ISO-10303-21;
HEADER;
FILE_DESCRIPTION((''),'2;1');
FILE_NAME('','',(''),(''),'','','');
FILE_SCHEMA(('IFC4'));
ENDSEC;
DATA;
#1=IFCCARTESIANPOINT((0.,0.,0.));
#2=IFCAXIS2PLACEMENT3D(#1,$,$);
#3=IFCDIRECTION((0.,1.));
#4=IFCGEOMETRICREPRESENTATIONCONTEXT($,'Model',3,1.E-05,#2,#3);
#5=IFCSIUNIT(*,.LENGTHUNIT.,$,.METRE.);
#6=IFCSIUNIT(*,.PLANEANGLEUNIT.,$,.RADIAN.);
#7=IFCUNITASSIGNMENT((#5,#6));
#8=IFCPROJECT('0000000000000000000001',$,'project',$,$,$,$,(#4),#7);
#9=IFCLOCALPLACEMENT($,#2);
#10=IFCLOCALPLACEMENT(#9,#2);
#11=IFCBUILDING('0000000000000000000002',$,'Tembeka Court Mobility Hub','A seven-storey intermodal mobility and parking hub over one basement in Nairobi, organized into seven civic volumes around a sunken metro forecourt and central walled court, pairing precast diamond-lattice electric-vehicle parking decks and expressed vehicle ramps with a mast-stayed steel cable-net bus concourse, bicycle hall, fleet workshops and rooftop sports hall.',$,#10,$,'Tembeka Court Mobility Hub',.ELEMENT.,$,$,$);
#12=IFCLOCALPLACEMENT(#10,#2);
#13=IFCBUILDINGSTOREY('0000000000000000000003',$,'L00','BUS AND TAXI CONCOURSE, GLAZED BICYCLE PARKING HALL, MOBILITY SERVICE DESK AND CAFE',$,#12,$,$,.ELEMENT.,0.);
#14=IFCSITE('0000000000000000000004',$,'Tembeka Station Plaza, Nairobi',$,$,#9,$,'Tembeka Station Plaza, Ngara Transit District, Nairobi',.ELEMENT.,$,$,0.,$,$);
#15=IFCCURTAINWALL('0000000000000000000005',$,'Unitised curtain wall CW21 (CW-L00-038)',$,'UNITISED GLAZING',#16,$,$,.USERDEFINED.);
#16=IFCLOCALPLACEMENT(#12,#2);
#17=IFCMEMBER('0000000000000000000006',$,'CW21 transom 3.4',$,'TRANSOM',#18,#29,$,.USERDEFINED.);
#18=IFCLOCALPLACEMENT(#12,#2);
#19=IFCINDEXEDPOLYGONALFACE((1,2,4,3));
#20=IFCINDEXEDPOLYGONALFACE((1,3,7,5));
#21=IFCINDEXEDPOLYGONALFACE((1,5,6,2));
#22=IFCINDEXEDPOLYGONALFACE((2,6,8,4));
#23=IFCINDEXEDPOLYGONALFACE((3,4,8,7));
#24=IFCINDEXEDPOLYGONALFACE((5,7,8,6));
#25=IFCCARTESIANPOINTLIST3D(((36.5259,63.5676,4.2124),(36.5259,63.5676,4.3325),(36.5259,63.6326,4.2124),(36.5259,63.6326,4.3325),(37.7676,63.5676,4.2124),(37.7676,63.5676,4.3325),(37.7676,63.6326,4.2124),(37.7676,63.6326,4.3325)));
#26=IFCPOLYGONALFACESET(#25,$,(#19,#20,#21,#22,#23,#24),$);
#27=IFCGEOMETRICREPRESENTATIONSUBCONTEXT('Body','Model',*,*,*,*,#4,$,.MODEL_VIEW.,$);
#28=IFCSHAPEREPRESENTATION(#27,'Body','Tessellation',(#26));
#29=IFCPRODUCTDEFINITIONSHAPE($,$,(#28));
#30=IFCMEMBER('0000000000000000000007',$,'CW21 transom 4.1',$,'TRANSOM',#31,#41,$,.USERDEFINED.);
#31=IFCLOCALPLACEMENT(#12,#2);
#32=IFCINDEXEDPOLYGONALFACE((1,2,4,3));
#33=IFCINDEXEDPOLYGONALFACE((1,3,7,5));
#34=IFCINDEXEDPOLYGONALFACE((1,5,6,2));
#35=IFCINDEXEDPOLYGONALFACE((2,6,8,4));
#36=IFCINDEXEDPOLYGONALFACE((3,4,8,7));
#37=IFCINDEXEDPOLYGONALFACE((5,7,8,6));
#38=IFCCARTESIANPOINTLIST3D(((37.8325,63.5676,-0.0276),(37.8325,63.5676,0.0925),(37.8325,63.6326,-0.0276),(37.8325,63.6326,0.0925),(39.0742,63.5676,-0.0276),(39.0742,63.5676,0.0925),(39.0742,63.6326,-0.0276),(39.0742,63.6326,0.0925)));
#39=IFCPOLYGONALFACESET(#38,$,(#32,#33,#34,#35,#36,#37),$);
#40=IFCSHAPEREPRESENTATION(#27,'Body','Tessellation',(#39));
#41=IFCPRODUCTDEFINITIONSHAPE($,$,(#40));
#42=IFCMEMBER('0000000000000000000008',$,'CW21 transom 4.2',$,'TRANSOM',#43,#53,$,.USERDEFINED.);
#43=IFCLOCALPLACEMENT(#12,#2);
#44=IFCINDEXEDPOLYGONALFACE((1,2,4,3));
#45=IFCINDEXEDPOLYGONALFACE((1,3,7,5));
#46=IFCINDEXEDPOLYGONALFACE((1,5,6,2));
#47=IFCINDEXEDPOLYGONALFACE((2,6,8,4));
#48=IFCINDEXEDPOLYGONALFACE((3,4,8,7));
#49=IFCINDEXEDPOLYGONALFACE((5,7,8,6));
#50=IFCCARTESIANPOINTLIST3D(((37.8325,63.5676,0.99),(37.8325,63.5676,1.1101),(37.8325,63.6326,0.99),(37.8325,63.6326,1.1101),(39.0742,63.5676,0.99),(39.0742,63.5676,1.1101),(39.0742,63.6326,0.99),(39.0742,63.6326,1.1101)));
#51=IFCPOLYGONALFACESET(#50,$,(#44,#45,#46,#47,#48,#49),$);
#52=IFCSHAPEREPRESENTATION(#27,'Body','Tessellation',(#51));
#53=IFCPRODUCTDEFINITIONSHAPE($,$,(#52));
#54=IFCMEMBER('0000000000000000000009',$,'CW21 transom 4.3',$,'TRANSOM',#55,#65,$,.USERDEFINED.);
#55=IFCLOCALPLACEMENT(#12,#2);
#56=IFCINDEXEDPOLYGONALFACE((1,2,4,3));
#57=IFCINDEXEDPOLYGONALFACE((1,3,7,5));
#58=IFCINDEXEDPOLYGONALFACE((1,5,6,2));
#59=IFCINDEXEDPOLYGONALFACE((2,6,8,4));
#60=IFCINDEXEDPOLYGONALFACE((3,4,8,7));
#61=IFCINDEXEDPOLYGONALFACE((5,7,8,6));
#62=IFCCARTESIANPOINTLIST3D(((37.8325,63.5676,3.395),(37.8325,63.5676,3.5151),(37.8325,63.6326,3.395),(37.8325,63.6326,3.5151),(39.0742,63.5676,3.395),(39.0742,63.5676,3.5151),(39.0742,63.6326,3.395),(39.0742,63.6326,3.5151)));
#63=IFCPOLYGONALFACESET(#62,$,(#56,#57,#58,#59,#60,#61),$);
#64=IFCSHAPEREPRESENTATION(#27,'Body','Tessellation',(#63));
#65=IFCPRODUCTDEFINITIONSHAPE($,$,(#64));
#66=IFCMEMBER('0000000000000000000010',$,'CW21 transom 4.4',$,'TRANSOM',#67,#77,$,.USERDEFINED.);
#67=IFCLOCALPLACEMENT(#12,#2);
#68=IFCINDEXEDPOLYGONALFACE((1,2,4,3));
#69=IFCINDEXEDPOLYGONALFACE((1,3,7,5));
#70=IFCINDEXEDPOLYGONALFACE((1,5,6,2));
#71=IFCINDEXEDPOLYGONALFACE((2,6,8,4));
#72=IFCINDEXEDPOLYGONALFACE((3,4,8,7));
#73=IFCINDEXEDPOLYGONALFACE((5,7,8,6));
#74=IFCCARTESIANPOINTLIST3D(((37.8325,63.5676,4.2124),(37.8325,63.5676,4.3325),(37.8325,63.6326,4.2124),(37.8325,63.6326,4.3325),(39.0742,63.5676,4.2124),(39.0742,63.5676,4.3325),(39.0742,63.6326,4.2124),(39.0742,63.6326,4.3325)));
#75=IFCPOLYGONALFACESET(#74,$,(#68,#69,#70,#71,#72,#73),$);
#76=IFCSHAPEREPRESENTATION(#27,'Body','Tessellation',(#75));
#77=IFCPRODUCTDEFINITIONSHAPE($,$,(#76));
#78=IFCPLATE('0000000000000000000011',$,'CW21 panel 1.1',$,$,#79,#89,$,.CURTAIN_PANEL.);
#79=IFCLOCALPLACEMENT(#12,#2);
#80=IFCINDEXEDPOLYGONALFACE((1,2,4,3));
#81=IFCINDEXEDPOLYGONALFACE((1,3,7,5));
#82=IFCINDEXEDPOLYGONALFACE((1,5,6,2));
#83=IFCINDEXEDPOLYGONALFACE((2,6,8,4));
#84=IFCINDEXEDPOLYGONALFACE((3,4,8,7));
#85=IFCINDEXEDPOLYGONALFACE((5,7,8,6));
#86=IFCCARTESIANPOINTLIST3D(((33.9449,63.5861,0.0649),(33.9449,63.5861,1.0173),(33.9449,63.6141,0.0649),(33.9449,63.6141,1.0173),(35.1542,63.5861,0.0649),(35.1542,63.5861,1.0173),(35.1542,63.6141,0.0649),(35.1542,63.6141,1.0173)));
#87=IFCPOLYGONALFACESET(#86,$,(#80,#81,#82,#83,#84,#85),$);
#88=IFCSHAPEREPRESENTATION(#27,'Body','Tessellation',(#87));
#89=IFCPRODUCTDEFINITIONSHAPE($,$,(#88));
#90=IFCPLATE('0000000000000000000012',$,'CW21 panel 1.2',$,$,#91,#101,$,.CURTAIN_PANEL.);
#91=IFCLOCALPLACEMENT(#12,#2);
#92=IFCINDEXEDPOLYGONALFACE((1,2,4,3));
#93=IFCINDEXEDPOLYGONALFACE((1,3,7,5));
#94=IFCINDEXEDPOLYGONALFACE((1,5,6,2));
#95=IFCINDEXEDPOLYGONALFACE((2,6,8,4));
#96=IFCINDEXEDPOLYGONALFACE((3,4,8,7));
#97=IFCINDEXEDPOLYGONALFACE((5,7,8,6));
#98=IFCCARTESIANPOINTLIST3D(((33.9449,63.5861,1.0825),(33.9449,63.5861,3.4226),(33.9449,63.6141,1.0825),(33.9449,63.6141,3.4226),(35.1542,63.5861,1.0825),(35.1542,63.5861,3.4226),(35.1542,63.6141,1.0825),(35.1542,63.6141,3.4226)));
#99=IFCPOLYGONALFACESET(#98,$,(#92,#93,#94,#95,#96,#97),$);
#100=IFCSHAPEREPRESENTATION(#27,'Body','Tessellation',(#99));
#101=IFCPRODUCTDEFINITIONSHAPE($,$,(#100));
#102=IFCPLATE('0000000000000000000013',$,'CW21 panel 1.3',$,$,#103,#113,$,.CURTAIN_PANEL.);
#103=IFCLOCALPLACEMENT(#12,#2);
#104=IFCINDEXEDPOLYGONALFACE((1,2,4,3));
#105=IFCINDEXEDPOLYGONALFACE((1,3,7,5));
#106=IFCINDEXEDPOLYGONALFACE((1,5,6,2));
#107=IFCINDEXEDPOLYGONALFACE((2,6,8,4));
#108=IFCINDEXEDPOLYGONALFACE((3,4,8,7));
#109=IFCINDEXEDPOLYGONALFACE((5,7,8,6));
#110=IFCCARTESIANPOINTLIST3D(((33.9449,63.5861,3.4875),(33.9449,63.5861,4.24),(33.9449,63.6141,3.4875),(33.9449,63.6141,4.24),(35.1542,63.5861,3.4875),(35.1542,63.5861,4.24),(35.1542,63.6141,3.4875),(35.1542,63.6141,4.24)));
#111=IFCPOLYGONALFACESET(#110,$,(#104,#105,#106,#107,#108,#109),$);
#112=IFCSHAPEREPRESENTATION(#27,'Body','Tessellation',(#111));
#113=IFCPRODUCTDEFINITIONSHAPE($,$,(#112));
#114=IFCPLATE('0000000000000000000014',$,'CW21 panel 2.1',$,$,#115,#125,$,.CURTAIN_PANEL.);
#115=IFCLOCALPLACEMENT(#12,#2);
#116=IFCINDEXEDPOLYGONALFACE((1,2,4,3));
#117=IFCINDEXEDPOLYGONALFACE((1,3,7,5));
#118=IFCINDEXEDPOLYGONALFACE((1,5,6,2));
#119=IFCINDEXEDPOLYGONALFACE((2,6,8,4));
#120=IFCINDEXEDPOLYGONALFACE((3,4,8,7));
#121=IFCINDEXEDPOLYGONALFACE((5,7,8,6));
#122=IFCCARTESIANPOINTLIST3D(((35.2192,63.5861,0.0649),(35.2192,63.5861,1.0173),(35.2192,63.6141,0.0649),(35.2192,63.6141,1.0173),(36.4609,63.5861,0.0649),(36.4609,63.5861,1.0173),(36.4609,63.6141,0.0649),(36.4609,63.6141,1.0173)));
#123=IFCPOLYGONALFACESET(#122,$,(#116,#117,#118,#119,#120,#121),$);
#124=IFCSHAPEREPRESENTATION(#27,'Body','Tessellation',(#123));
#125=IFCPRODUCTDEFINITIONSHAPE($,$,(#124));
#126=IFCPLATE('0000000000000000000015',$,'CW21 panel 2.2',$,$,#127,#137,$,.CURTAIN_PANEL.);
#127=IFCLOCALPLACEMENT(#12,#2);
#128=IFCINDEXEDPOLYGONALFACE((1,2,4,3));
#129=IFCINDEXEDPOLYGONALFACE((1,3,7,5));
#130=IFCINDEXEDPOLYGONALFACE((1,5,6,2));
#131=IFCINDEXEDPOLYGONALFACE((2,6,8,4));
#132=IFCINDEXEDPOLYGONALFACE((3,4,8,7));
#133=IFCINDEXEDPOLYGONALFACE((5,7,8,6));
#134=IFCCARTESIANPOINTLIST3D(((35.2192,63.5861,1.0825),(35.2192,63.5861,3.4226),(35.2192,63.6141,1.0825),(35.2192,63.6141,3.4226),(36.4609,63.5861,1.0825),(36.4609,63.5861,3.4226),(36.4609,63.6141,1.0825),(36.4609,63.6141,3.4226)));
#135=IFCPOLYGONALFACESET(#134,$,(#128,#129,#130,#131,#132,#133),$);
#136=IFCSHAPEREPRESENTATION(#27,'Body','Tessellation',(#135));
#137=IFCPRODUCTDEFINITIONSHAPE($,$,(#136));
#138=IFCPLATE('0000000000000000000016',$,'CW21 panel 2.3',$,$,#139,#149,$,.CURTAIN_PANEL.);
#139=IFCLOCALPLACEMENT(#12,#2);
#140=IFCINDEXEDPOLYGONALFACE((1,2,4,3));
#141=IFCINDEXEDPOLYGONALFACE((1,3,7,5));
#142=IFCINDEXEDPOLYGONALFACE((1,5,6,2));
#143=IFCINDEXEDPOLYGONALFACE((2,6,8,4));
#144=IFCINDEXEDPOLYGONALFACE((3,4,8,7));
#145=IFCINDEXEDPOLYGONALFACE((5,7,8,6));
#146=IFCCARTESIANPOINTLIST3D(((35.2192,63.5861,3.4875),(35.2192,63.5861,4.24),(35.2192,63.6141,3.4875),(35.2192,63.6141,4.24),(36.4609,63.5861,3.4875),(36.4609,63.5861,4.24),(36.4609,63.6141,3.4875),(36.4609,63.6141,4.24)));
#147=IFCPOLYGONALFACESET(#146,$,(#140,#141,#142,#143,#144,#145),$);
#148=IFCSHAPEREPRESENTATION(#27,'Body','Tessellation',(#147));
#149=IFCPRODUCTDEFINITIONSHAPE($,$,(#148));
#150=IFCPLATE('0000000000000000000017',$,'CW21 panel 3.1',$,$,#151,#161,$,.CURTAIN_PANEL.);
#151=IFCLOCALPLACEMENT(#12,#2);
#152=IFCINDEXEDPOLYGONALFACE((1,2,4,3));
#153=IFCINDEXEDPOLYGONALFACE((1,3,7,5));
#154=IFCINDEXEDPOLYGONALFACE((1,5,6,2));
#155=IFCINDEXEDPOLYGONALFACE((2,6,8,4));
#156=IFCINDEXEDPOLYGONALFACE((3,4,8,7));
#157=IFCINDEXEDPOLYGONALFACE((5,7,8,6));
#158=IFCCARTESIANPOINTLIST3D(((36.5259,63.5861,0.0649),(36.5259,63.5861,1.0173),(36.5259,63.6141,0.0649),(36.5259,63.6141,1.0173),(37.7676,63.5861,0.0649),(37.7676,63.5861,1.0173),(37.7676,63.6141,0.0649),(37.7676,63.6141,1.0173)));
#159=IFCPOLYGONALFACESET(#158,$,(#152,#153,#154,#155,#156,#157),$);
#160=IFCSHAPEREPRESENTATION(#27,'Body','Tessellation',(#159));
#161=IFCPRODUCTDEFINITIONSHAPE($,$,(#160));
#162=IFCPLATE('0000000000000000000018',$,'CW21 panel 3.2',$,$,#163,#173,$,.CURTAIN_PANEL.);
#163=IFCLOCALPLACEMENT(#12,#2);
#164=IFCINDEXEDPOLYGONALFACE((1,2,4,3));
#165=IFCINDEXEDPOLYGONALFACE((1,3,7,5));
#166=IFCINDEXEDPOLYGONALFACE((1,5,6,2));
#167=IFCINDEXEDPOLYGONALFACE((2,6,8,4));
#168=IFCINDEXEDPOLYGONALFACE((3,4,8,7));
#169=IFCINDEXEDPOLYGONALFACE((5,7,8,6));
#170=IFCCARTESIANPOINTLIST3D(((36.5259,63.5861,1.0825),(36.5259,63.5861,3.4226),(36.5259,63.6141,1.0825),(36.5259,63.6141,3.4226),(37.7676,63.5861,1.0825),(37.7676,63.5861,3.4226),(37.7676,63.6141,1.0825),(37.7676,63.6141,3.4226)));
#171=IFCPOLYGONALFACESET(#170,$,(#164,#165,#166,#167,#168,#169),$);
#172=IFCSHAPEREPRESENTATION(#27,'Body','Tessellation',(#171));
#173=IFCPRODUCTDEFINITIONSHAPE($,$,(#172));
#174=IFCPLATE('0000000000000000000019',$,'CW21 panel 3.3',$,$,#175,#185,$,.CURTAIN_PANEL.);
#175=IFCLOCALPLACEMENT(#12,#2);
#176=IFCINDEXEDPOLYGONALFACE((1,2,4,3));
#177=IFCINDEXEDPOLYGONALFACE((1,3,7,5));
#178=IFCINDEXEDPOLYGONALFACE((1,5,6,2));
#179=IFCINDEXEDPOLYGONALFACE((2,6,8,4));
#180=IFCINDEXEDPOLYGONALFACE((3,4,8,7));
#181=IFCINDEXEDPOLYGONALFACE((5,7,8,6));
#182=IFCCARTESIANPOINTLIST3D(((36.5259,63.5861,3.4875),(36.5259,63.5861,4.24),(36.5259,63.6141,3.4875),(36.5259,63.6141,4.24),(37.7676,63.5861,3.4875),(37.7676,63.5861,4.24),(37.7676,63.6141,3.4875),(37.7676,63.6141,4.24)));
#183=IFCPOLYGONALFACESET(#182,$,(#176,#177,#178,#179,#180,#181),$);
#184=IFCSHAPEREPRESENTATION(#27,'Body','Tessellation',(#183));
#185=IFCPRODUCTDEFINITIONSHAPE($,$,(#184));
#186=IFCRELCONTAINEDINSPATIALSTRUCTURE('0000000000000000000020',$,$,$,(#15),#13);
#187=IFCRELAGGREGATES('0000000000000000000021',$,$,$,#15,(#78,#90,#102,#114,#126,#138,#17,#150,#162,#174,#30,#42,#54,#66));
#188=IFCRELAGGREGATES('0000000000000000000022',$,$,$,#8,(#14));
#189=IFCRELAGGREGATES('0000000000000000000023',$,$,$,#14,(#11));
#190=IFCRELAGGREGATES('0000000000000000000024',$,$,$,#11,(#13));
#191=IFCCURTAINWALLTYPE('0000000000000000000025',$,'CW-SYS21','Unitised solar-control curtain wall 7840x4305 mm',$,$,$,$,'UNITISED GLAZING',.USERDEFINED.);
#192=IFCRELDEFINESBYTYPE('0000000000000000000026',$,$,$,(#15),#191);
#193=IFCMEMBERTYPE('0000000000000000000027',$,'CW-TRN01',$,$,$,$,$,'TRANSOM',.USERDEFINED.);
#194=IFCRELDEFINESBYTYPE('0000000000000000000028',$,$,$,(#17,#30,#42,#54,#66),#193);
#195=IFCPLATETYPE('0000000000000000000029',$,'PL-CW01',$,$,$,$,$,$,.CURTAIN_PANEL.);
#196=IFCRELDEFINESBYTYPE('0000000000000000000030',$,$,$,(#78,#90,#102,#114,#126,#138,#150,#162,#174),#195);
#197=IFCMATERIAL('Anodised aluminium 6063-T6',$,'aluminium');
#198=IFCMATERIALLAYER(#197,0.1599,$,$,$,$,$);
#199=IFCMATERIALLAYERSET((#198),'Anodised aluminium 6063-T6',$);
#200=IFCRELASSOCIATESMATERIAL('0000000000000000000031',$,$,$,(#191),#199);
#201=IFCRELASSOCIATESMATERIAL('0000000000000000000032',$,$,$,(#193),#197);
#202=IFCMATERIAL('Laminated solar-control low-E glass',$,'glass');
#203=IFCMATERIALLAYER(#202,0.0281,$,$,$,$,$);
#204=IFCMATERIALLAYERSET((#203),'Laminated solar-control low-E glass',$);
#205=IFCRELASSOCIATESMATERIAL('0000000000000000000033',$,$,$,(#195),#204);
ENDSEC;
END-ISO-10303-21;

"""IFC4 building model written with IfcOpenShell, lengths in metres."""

from ifc_helpers import new_model, si_unit, direction, frame, origin, origin_2d, place, context, subcontext, project, spatial, rectangle, extrude, material, layer, layer_set, material_profile, profile_set, type_object, element, aggregate, save


model = new_model("IFC4")

# Units and contexts
model_context = context("Model", 3, precision=1e-05, world=origin(), true_north=direction((0.0, 1.0)))
body_context = subcontext(model_context, "Body", "Model", "MODEL_VIEW")
ifc_project = project(units=[si_unit("LENGTHUNIT", "METRE"), si_unit("PLANEANGLEUNIT", "RADIAN")], contexts=[model_context])

# Site, building, storey
site_placement = place(None, origin())
site = spatial("IfcSite", under=ifc_project, at=site_placement, Name="Tembeka Station Plaza, Nairobi", LongName="Tembeka Station Plaza, Ngara Transit District, Nairobi", CompositionType="ELEMENT", RefElevation=0.0)
building_placement = place(site_placement, origin())
building = spatial("IfcBuilding", under=site, at=building_placement, Name="Tembeka Court Mobility Hub", Description="A seven-storey intermodal mobility and parking hub over one basement in Nairobi, organized into seven civic volumes around a sunken metro forecourt and central walled court, pairing precast diamond-lattice electric-vehicle parking decks and expressed vehicle ramps with a mast-stayed steel cable-net bus concourse, bicycle hall, fleet workshops and rooftop sports hall.", LongName="Tembeka Court Mobility Hub", CompositionType="ELEMENT")
storey_placement = place(building_placement, origin())
storey = spatial("IfcBuildingStorey", under=building, at=storey_placement, Name="L00", Description="BUS AND TAXI CONCOURSE, GLAZED BICYCLE PARKING HALL, MOBILITY SERVICE DESK AND CAFE", CompositionType="ELEMENT", Elevation=0.0)

# Curtain wall, members, plates
ifc_material_1 = material(Name="Anodised aluminium 6063-T6", Category="aluminium")
ifc_layer_1 = layer(ifc_material_1, 0.1599)
ifc_layer_set_1 = layer_set([ifc_layer_1], Name="Anodised aluminium 6063-T6")
curtain_wall_type = type_object("IfcCurtainWallType", Name="CW-SYS21", Description="Unitised solar-control curtain wall 7840x4305 mm", ElementType="UNITISED GLAZING", PredefinedType="USERDEFINED", material=ifc_layer_set_1)
curtain_wall_placement = place(storey_placement, origin())
curtain_wall = element("IfcCurtainWall", 1, at=curtain_wall_placement, inside=storey, type_object=curtain_wall_type, Name="Unitised curtain wall CW21 (CW-L00-038)", ObjectType="UNITISED GLAZING", PredefinedType="USERDEFINED")
ifc_material_profile_1 = material_profile(ifc_material_1, rectangle(XDim=0.0649, YDim=0.1201, at=origin_2d()), Name="ALU-TRN 65x120")
ifc_profile_set_1 = profile_set([ifc_material_profile_1], Name="Anodised aluminium 6063-T6")
member_type_1 = type_object("IfcMemberType", Name="CW-TRN01", ElementType="TRANSOM", PredefinedType="USERDEFINED", material=ifc_profile_set_1)
member_1_placement = place(storey_placement, frame((36.5259, 63.6001, 4.2725), z_axis=(1.0, 0.0, 0.0), x_axis=(0.0, 1.0, 0.0)))
member_1 = element("IfcMember", 2, at=member_1_placement, type_object=member_type_1, Name="CW21 transom 3.4", ObjectType="TRANSOM", PredefinedType="USERDEFINED", context=body_context, shape_type="SweptSolid", body=[
    extrude(rectangle(XDim=0.0649, YDim=0.1201, at=origin_2d()), origin(), (0.0, 0.0, 1.0), 1.2417),
])
member_2_placement = place(storey_placement, frame((37.8325, 63.6001, 0.0325), z_axis=(1.0, 0.0, 0.0), x_axis=(0.0, 1.0, 0.0)))
member_2 = element("IfcMember", 3, at=member_2_placement, type_object=member_type_1, Name="CW21 transom 4.1", ObjectType="TRANSOM", PredefinedType="USERDEFINED", context=body_context, shape_type="SweptSolid", body=[
    extrude(rectangle(XDim=0.0649, YDim=0.1201, at=origin_2d()), origin(), (0.0, 0.0, 1.0), 1.2417),
])
member_3_placement = place(storey_placement, frame((37.8325, 63.6001, 1.05), z_axis=(1.0, 0.0, 0.0), x_axis=(0.0, 1.0, 0.0)))
member_3 = element("IfcMember", 4, at=member_3_placement, type_object=member_type_1, Name="CW21 transom 4.2", ObjectType="TRANSOM", PredefinedType="USERDEFINED", context=body_context, shape_type="SweptSolid", body=[
    extrude(rectangle(XDim=0.0649, YDim=0.1201, at=origin_2d()), origin(), (0.0, 0.0, 1.0), 1.2417),
])
member_4_placement = place(storey_placement, frame((37.8325, 63.6001, 3.4551), z_axis=(1.0, 0.0, 0.0), x_axis=(0.0, 1.0, 0.0)))
member_4 = element("IfcMember", 5, at=member_4_placement, type_object=member_type_1, Name="CW21 transom 4.3", ObjectType="TRANSOM", PredefinedType="USERDEFINED", context=body_context, shape_type="SweptSolid", body=[
    extrude(rectangle(XDim=0.0649, YDim=0.1201, at=origin_2d()), origin(), (0.0, 0.0, 1.0), 1.2417),
])
member_5_placement = place(storey_placement, frame((37.8325, 63.6001, 4.2725), z_axis=(1.0, 0.0, 0.0), x_axis=(0.0, 1.0, 0.0)))
member_5 = element("IfcMember", 6, at=member_5_placement, type_object=member_type_1, Name="CW21 transom 4.4", ObjectType="TRANSOM", PredefinedType="USERDEFINED", context=body_context, shape_type="SweptSolid", body=[
    extrude(rectangle(XDim=0.0649, YDim=0.1201, at=origin_2d()), origin(), (0.0, 0.0, 1.0), 1.2417),
])
ifc_material_2 = material(Name="Laminated solar-control low-E glass", Category="glass")
ifc_layer_2 = layer(ifc_material_2, 0.0281)
ifc_layer_set_2 = layer_set([ifc_layer_2], Name="Laminated solar-control low-E glass")
plate_type = type_object("IfcPlateType", Name="PL-CW01", PredefinedType="CURTAIN_PANEL", material=ifc_layer_set_2)
plate_1_placement = place(storey_placement, frame((34.5496, 63.6001, 0.0649), z_axis=(0.0, 0.0, 1.0), x_axis=(1.0, 0.0, 0.0)))
plate_1 = element("IfcPlate", 7, at=plate_1_placement, type_object=plate_type, Name="CW21 panel 1.1", PredefinedType="CURTAIN_PANEL", context=body_context, shape_type="SweptSolid", body=[
    extrude(rectangle(XDim=1.2092, YDim=0.0281, at=origin_2d()), origin(), (0.0, 0.0, 1.0), 0.9524),
])
plate_2_placement = place(storey_placement, frame((34.5496, 63.6001, 1.0825), z_axis=(0.0, 0.0, 1.0), x_axis=(1.0, 0.0, 0.0)))
plate_2 = element("IfcPlate", 8, at=plate_2_placement, type_object=plate_type, Name="CW21 panel 1.2", PredefinedType="CURTAIN_PANEL", context=body_context, shape_type="SweptSolid", body=[
    extrude(rectangle(XDim=1.2092, YDim=0.0281, at=origin_2d()), origin(), (0.0, 0.0, 1.0), 2.3401),
])
plate_3_placement = place(storey_placement, frame((34.5496, 63.6001, 3.4875), z_axis=(0.0, 0.0, 1.0), x_axis=(1.0, 0.0, 0.0)))
plate_3 = element("IfcPlate", 9, at=plate_3_placement, type_object=plate_type, Name="CW21 panel 1.3", PredefinedType="CURTAIN_PANEL", context=body_context, shape_type="SweptSolid", body=[
    extrude(rectangle(XDim=1.2092, YDim=0.0281, at=origin_2d()), origin(), (0.0, 0.0, 1.0), 0.7524),
])
plate_4_placement = place(storey_placement, frame((35.8401, 63.6001, 0.0649), z_axis=(0.0, 0.0, 1.0), x_axis=(1.0, 0.0, 0.0)))
plate_4 = element("IfcPlate", 10, at=plate_4_placement, type_object=plate_type, Name="CW21 panel 2.1", PredefinedType="CURTAIN_PANEL", context=body_context, shape_type="SweptSolid", body=[
    extrude(rectangle(XDim=1.2417, YDim=0.0281, at=origin_2d()), origin(), (0.0, 0.0, 1.0), 0.9524),
])
plate_5_placement = place(storey_placement, frame((35.8401, 63.6001, 1.0825), z_axis=(0.0, 0.0, 1.0), x_axis=(1.0, 0.0, 0.0)))
plate_5 = element("IfcPlate", 11, at=plate_5_placement, type_object=plate_type, Name="CW21 panel 2.2", PredefinedType="CURTAIN_PANEL", context=body_context, shape_type="SweptSolid", body=[
    extrude(rectangle(XDim=1.2417, YDim=0.0281, at=origin_2d()), origin(), (0.0, 0.0, 1.0), 2.3401),
])
plate_6_placement = place(storey_placement, frame((35.8401, 63.6001, 3.4875), z_axis=(0.0, 0.0, 1.0), x_axis=(1.0, 0.0, 0.0)))
plate_6 = element("IfcPlate", 12, at=plate_6_placement, type_object=plate_type, Name="CW21 panel 2.3", PredefinedType="CURTAIN_PANEL", context=body_context, shape_type="SweptSolid", body=[
    extrude(rectangle(XDim=1.2417, YDim=0.0281, at=origin_2d()), origin(), (0.0, 0.0, 1.0), 0.7524),
])
plate_7_placement = place(storey_placement, frame((37.1467, 63.6001, 0.0649), z_axis=(0.0, 0.0, 1.0), x_axis=(1.0, 0.0, 0.0)))
plate_7 = element("IfcPlate", 13, at=plate_7_placement, type_object=plate_type, Name="CW21 panel 3.1", PredefinedType="CURTAIN_PANEL", context=body_context, shape_type="SweptSolid", body=[
    extrude(rectangle(XDim=1.2417, YDim=0.0281, at=origin_2d()), origin(), (0.0, 0.0, 1.0), 0.9524),
])
plate_8_placement = place(storey_placement, frame((37.1467, 63.6001, 1.0825), z_axis=(0.0, 0.0, 1.0), x_axis=(1.0, 0.0, 0.0)))
plate_8 = element("IfcPlate", 14, at=plate_8_placement, type_object=plate_type, Name="CW21 panel 3.2", PredefinedType="CURTAIN_PANEL", context=body_context, shape_type="SweptSolid", body=[
    extrude(rectangle(XDim=1.2417, YDim=0.0281, at=origin_2d()), origin(), (0.0, 0.0, 1.0), 2.3401),
])
plate_9_placement = place(storey_placement, frame((37.1467, 63.6001, 3.4875), z_axis=(0.0, 0.0, 1.0), x_axis=(1.0, 0.0, 0.0)))
plate_9 = element("IfcPlate", 15, at=plate_9_placement, type_object=plate_type, Name="CW21 panel 3.3", PredefinedType="CURTAIN_PANEL", context=body_context, shape_type="SweptSolid", body=[
    extrude(rectangle(XDim=1.2417, YDim=0.0281, at=origin_2d()), origin(), (0.0, 0.0, 1.0), 0.7524),
])
aggregate(curtain_wall, [plate_1, plate_2, plate_3, plate_4, plate_5, plate_6, member_1, plate_7, plate_8, plate_9, member_2, member_3, member_4, member_5])

save(model, "model.ifc")
